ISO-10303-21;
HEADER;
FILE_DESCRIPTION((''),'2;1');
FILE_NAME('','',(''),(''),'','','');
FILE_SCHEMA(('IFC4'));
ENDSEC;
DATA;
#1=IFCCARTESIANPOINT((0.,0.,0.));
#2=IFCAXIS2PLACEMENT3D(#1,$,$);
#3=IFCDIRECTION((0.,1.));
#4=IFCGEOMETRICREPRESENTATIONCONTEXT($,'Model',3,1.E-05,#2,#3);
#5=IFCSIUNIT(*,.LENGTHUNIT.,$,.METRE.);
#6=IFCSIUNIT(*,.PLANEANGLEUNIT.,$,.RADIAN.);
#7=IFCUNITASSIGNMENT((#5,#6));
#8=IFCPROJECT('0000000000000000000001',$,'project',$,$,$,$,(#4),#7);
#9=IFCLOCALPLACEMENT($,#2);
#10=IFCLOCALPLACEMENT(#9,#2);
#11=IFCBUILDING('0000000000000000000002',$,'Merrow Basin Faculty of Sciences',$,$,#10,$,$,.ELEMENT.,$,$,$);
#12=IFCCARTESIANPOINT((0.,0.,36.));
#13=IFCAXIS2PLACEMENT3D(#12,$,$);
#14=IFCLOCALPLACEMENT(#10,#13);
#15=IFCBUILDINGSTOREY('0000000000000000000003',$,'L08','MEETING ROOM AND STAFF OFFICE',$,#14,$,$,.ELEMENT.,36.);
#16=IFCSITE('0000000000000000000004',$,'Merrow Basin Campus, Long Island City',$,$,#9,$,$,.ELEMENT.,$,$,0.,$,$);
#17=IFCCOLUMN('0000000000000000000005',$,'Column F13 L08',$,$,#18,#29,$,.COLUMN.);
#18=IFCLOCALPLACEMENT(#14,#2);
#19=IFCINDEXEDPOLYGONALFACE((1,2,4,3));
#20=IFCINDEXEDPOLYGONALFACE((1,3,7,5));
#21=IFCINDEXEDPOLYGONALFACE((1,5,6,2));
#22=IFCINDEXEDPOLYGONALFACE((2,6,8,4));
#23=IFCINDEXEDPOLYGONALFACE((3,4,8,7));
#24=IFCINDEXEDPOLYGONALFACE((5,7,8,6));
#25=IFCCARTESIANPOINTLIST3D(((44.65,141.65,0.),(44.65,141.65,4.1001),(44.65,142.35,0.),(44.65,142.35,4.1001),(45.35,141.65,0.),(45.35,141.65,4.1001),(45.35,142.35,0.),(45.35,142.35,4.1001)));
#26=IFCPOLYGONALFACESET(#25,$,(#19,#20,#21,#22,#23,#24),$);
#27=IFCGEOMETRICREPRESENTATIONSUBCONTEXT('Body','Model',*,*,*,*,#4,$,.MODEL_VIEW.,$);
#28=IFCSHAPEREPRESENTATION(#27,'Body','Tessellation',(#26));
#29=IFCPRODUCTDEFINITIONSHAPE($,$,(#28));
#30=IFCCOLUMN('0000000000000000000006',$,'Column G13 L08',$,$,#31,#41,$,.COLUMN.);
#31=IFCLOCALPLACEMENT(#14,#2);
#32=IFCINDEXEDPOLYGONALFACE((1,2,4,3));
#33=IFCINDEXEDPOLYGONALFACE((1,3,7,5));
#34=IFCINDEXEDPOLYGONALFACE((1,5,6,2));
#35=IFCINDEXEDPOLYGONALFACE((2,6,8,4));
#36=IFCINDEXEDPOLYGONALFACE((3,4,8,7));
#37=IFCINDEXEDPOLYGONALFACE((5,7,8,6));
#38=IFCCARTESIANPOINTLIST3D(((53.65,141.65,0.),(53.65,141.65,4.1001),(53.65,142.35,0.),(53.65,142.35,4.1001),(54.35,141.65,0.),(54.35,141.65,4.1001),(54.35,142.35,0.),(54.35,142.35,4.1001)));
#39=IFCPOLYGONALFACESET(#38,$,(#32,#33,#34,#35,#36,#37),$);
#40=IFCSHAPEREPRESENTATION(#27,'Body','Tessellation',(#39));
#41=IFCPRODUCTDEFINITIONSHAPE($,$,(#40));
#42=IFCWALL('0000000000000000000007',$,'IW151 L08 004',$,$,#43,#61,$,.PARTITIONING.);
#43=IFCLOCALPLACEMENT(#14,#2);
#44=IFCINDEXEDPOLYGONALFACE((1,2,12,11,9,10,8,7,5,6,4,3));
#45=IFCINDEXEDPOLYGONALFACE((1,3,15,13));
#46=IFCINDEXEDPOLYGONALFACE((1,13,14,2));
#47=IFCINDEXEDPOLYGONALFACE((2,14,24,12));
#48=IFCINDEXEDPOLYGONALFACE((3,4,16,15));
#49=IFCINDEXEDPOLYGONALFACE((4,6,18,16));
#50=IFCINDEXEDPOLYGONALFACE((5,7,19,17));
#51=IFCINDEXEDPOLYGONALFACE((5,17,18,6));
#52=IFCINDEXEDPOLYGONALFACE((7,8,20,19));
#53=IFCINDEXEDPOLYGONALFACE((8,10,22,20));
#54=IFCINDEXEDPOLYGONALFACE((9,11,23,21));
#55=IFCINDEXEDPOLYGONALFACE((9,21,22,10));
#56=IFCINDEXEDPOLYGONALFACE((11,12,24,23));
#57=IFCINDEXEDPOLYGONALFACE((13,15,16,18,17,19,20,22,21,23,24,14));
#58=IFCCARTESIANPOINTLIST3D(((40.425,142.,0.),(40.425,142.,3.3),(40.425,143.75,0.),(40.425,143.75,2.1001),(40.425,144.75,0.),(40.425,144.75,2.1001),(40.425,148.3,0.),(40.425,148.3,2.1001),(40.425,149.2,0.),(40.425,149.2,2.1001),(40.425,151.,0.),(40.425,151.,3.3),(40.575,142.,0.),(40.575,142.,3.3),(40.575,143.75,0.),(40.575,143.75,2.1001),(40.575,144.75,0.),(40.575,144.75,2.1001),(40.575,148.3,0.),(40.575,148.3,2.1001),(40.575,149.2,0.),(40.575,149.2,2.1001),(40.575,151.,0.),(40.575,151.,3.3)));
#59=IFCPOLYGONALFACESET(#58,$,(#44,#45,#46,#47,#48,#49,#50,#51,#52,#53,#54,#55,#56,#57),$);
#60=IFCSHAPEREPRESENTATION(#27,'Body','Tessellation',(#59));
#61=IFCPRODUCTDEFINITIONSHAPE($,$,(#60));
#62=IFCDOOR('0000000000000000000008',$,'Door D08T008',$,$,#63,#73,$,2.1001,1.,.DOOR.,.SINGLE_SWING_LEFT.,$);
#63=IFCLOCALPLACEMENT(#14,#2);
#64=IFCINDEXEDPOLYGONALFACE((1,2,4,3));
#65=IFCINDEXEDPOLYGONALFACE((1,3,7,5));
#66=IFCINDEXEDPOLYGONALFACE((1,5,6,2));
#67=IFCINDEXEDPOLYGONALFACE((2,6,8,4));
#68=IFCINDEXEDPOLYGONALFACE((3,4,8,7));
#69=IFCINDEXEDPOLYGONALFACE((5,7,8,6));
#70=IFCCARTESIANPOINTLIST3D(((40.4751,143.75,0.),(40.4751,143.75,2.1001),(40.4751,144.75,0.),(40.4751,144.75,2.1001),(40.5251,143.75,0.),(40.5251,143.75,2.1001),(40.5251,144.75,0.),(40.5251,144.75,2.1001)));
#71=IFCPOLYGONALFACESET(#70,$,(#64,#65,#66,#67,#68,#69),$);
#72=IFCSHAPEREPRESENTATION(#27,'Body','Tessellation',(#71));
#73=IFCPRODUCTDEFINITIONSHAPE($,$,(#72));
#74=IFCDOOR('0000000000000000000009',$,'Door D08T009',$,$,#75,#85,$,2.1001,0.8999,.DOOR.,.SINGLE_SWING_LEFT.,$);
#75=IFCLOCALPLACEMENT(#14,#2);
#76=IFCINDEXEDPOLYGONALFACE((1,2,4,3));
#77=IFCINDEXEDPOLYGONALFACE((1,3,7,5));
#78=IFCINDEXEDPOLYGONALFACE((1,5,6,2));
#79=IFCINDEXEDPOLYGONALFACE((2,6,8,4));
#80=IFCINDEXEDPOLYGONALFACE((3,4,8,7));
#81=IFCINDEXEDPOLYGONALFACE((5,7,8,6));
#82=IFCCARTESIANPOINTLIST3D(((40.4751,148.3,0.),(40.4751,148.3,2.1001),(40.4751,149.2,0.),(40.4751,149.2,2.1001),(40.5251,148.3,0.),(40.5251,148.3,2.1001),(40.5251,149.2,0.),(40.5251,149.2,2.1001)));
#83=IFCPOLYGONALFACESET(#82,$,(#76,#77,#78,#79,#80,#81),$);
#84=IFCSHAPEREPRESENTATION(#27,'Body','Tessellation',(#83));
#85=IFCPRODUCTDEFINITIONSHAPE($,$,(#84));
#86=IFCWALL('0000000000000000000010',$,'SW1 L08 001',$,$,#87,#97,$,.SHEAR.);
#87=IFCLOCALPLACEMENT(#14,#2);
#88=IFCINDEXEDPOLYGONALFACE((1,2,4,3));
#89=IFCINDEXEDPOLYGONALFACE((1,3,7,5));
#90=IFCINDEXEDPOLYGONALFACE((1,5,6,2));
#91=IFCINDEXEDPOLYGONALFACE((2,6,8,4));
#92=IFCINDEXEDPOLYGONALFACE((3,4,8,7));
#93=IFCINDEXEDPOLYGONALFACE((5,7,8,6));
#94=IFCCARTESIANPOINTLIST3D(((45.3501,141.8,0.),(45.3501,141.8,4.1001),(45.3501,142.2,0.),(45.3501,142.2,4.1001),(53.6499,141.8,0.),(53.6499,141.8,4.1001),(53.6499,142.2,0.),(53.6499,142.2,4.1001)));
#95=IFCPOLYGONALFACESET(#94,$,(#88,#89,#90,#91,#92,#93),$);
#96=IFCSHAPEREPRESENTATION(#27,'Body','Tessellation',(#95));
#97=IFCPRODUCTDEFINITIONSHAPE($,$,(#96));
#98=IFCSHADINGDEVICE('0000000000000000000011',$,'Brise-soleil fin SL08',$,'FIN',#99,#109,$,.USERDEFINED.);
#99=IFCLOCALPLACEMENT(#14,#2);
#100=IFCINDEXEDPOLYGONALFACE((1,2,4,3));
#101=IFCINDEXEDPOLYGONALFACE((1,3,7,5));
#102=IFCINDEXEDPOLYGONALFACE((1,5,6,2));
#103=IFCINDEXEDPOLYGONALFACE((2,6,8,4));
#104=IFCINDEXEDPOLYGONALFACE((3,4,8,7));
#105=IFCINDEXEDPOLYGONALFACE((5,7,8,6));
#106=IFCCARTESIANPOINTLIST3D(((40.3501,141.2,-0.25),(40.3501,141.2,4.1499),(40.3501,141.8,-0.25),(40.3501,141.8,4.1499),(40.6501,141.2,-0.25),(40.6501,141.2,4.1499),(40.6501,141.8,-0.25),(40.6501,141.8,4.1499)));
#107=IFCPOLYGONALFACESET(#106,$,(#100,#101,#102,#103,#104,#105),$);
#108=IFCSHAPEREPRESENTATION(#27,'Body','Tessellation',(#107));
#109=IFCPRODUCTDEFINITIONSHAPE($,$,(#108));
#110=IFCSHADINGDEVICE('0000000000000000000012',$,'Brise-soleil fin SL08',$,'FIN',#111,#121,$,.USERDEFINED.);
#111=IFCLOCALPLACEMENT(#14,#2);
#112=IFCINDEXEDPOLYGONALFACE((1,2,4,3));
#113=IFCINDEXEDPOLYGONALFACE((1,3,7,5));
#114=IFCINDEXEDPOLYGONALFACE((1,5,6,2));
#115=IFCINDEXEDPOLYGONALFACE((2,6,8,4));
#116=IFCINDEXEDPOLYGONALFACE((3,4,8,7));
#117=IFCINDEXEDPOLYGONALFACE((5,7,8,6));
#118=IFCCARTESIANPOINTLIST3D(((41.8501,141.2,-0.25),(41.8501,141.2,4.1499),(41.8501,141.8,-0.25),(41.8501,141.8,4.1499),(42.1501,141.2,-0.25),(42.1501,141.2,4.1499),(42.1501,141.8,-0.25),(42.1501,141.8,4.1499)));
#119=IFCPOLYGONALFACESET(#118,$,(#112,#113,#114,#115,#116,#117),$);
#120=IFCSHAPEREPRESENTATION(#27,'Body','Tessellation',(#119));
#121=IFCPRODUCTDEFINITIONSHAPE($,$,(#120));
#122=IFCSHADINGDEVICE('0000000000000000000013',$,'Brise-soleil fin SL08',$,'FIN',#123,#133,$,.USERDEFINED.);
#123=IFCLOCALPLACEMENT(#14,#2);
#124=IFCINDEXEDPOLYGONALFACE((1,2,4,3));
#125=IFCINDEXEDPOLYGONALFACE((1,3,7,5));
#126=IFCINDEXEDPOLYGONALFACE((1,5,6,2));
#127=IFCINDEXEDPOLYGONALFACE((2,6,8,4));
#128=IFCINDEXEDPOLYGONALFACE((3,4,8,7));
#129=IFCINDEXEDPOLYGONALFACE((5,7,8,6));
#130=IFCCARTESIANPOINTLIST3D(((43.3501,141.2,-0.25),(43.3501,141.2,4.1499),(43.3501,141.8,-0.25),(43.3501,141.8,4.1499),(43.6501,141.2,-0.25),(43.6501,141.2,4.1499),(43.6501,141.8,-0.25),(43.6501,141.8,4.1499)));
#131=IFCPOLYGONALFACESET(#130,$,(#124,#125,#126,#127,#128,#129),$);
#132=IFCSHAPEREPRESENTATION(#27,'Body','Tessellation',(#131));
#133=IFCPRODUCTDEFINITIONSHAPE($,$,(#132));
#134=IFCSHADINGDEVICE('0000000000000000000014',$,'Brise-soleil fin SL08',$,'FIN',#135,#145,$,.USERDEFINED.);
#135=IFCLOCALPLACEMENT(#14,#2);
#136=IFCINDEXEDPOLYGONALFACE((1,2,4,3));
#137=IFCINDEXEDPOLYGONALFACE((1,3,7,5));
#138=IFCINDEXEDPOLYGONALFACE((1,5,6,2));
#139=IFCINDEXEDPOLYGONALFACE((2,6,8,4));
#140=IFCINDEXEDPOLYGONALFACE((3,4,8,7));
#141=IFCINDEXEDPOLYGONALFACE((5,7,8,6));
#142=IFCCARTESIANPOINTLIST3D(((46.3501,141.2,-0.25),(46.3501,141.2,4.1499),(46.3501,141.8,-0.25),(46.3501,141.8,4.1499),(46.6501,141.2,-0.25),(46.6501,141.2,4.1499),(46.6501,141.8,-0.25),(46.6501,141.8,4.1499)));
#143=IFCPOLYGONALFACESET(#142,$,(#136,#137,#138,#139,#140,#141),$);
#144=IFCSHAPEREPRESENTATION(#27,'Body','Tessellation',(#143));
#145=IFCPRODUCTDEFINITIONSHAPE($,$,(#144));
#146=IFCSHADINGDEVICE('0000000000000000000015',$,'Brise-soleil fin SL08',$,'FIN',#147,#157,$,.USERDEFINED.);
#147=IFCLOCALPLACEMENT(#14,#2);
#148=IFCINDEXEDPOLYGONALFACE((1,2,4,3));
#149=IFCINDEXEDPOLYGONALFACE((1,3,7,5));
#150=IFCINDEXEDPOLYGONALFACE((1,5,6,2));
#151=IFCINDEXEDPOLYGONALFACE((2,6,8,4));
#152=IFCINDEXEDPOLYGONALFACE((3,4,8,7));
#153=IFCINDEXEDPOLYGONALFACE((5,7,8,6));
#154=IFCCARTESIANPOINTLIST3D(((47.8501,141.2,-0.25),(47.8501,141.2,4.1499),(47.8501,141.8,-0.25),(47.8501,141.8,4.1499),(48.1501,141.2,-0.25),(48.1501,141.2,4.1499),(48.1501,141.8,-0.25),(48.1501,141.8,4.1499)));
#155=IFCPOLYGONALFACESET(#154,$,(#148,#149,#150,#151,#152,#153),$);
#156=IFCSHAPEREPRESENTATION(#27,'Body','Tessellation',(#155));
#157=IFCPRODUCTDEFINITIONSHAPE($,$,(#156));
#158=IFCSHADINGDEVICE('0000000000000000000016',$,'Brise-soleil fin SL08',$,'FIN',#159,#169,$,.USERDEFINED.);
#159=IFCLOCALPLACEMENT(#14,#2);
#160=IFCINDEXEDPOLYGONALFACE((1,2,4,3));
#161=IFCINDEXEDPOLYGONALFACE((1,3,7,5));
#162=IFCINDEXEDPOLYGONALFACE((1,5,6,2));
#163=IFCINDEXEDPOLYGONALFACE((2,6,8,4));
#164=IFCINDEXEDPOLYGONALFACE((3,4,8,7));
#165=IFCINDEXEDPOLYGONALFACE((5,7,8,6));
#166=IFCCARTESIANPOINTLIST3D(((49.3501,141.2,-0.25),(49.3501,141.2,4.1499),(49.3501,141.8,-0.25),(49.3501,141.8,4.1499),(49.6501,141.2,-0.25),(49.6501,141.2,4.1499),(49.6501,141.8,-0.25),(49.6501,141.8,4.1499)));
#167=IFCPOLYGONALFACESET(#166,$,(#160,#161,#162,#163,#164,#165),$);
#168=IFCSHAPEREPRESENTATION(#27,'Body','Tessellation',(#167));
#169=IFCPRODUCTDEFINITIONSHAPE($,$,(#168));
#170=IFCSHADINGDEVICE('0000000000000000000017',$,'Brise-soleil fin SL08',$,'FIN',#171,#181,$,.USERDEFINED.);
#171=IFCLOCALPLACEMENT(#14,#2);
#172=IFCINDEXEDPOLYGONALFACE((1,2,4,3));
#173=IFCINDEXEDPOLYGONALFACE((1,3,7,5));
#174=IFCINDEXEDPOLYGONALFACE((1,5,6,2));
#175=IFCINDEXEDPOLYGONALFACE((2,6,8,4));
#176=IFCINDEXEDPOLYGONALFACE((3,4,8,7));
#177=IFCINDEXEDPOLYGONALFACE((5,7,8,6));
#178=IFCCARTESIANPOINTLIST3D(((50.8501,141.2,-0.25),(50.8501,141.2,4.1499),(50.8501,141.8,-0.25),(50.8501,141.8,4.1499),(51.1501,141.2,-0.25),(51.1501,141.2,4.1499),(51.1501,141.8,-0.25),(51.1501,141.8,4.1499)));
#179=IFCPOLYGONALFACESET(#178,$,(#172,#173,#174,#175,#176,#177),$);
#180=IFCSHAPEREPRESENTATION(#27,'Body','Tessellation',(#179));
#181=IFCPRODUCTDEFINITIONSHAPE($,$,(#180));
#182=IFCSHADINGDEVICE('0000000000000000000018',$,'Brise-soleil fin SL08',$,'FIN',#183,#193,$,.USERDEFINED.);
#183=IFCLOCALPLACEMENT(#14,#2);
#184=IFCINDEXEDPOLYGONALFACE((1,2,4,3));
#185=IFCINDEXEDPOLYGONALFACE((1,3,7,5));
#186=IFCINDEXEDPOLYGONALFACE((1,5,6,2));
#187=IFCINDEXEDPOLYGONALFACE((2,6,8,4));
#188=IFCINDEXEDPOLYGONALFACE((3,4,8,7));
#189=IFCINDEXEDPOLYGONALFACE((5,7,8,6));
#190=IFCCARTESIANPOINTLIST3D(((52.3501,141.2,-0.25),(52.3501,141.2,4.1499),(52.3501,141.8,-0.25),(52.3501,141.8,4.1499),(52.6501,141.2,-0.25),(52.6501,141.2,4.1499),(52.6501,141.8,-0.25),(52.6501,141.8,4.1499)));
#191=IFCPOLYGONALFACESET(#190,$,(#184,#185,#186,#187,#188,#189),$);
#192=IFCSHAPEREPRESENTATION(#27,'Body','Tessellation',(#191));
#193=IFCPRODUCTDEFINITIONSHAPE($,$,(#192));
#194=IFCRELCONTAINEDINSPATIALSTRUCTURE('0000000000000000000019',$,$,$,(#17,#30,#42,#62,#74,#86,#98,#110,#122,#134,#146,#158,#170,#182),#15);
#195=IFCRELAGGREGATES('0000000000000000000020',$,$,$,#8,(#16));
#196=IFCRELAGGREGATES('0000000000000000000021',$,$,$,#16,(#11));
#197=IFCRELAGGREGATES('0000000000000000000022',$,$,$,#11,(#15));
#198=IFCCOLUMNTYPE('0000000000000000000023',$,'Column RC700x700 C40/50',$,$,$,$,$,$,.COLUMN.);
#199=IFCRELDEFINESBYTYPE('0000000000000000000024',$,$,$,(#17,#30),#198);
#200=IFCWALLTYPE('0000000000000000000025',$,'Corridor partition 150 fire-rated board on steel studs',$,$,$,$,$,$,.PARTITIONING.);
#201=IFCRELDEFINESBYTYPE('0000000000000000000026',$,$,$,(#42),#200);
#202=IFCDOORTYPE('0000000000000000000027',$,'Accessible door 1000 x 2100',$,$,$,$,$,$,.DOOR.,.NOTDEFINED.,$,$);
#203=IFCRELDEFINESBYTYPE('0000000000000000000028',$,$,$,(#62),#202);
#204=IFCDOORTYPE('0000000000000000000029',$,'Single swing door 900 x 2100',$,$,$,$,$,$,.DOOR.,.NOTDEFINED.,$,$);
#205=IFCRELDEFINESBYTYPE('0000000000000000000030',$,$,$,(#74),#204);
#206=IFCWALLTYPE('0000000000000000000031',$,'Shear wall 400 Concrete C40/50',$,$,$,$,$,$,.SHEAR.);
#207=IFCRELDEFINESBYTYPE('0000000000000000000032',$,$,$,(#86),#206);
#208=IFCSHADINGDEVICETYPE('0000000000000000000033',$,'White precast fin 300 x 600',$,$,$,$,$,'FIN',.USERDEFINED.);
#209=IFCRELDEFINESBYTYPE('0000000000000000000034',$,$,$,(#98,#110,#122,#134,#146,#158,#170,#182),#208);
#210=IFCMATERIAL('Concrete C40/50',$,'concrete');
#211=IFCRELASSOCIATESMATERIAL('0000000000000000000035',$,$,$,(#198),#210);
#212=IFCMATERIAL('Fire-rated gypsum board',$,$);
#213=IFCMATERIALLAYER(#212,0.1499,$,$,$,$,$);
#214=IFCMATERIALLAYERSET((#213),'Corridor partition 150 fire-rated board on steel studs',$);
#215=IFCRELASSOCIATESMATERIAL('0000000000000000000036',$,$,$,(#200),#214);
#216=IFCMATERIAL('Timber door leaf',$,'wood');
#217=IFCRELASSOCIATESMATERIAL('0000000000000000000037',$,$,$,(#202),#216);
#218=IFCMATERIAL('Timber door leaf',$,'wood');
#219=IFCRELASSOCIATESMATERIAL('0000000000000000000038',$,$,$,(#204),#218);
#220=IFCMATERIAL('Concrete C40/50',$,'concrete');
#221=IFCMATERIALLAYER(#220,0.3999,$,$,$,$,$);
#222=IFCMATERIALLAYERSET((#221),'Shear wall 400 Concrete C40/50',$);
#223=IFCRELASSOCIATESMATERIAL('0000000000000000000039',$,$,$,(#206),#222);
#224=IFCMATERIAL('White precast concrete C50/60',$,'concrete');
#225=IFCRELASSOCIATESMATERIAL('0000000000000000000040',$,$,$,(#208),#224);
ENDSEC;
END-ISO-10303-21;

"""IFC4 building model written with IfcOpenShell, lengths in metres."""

from ifc_helpers import new_model, si_unit, direction, frame, frame_2d, origin, origin_2d, place, context, subcontext, project, spatial, polyline, rectangle, outline, extrude, source, transform, mapped, material, layer, layer_set, material_profile, profile_set, type_object, element, fill, save


model = new_model("IFC4")

# Units and contexts
model_context = context("Model", 3, precision=1e-05, world=origin(), true_north=direction((0.0, 1.0)))
body_context = subcontext(model_context, "Body", "Model", "MODEL_VIEW")
ifc_project = project(units=[si_unit("LENGTHUNIT", "METRE"), si_unit("PLANEANGLEUNIT", "RADIAN")], contexts=[model_context])

# Site, building, storey
site_placement = place(None, origin())
site = spatial("IfcSite", under=ifc_project, at=site_placement, Name="Merrow Basin Campus, Long Island City", CompositionType="ELEMENT", RefElevation=0.0)
building_placement = place(site_placement, origin())
building = spatial("IfcBuilding", under=site, at=building_placement, Name="Merrow Basin Faculty of Sciences", CompositionType="ELEMENT")
storey_placement = place(building_placement, frame((0.0, 0.0, 36.0)))
storey = spatial("IfcBuildingStorey", under=building, at=storey_placement, Name="L08", Description="MEETING ROOM AND STAFF OFFICE", CompositionType="ELEMENT", Elevation=36.0)

# Columns
ifc_material_1 = material(Name="Concrete C40/50", Category="concrete")
ifc_material_profile = material_profile(ifc_material_1, rectangle(XDim=0.7, YDim=0.7, at=origin_2d()))
ifc_profile_set = profile_set([ifc_material_profile], Name="Concrete C40/50")
column_type = type_object("IfcColumnType", Name="Column RC700x700 C40/50", PredefinedType="COLUMN", material=ifc_profile_set)
for number, where, z_axis, x_axis, name in (
    (1, (45.0, 142.0, 0.0), (0.0, 0.0, 1.0), (1.0, 0.0, 0.0), "Column F13 L08"),
    (2, (54.0, 142.0, 0.0), (0.0, 0.0, 1.0), (1.0, 0.0, 0.0), "Column G13 L08"),
):
    element("IfcColumn", number, at=place(storey_placement, frame(where, z_axis=z_axis, x_axis=x_axis)), inside=storey, type_object=column_type, Name=name, PredefinedType="COLUMN", context=body_context, shape_type="SweptSolid", body=[
        extrude(rectangle(XDim=0.7, YDim=0.7, at=origin_2d()), origin(), (0.0, 0.0, 1.0), 4.1001),
    ])

# Wall, openings, doors
ifc_material_2 = material(Name="Fire-rated gypsum board")
ifc_layer_1 = layer(ifc_material_2, 0.1499)
ifc_layer_set_1 = layer_set([ifc_layer_1], Name="Corridor partition 150 fire-rated board on steel studs")
wall_type_1 = type_object("IfcWallType", Name="Corridor partition 150 fire-rated board on steel studs", PredefinedType="PARTITIONING", material=ifc_layer_set_1)
wall_1_placement = place(storey_placement, frame((40.5, 142.0, 0.0), z_axis=(0.0, 0.0, 1.0), x_axis=(0.0, 1.0, 0.0)))
wall_1 = element("IfcWall", 3, at=wall_1_placement, inside=storey, type_object=wall_type_1, Name="IW151 L08 004", PredefinedType="PARTITIONING", context=body_context, shape_type="SweptSolid", body=[
    extrude(rectangle(XDim=9.0, YDim=0.1499, at=frame_2d((4.5, 0.0))), origin(), (0.0, 0.0, 1.0), 3.3),
])
opening_1_placement = place(wall_1_placement, frame((1.75, 0.0, 0.0)))
opening_1 = element("IfcOpeningElement", 4, at=opening_1_placement, cuts=wall_1, PredefinedType="OPENING", context=body_context, shape_type="SweptSolid", body=[
    extrude(rectangle(XDim=1.0, YDim=2.1001, at=frame_2d((0.5, 1.05))), frame((0.0, 0.085, 0.0), z_axis=(0.0, -1.0, 0.0), x_axis=(1.0, 0.0, 0.0)), (0.0, 0.0, 1.0), 0.1699),
])
opening_2_placement = place(wall_1_placement, frame((6.3, 0.0, 0.0)))
opening_2 = element("IfcOpeningElement", 5, at=opening_2_placement, cuts=wall_1, PredefinedType="OPENING", context=body_context, shape_type="SweptSolid", body=[
    extrude(rectangle(XDim=0.8999, YDim=2.1001, at=frame_2d((0.45, 1.05))), frame((0.0, 0.085, 0.0), z_axis=(0.0, -1.0, 0.0), x_axis=(1.0, 0.0, 0.0)), (0.0, 0.0, 1.0), 0.1699),
])
ifc_material_3 = material(Name="Timber door leaf", Category="wood")
door_type_1 = type_object("IfcDoorType", Name="Accessible door 1000 x 2100", OperationType="NOTDEFINED", PredefinedType="DOOR", material=ifc_material_3)
door_1_placement = place(opening_1_placement, origin())
door_1 = element("IfcDoor", 6, at=door_1_placement, inside=storey, type_object=door_type_1, Name="Door D08T008", OperationType="SINGLE_SWING_LEFT", OverallHeight=2.1001, OverallWidth=1.0, PredefinedType="DOOR", context=body_context, shape_type="SweptSolid", body=[
    extrude(rectangle(XDim=1.0, YDim=2.1001, at=frame_2d((0.5, 1.05))), frame((0.0, 0.0249, 0.0), z_axis=(0.0, -1.0, 0.0), x_axis=(1.0, 0.0, 0.0)), (0.0, 0.0, 1.0), 0.05),
])
fill(opening_1, door_1)
ifc_material_4 = material(Name="Timber door leaf", Category="wood")
door_type_2 = type_object("IfcDoorType", Name="Single swing door 900 x 2100", OperationType="NOTDEFINED", PredefinedType="DOOR", material=ifc_material_4)
door_2_placement = place(opening_2_placement, origin())
door_2 = element("IfcDoor", 7, at=door_2_placement, inside=storey, type_object=door_type_2, Name="Door D08T009", OperationType="SINGLE_SWING_LEFT", OverallHeight=2.1001, OverallWidth=0.8999, PredefinedType="DOOR", context=body_context, shape_type="SweptSolid", body=[
    extrude(rectangle(XDim=0.8999, YDim=2.1001, at=frame_2d((0.45, 1.05))), frame((0.0, 0.0249, 0.0), z_axis=(0.0, -1.0, 0.0), x_axis=(1.0, 0.0, 0.0)), (0.0, 0.0, 1.0), 0.05),
])
fill(opening_2, door_2)

# Wall
ifc_material_5 = material(Name="Concrete C40/50", Category="concrete")
ifc_layer_2 = layer(ifc_material_5, 0.3999)
ifc_layer_set_2 = layer_set([ifc_layer_2], Name="Shear wall 400 Concrete C40/50")
wall_type_2 = type_object("IfcWallType", Name="Shear wall 400 Concrete C40/50", PredefinedType="SHEAR", material=ifc_layer_set_2)
wall_2_placement = place(storey_placement, frame((45.3501, 142.0, 0.0), z_axis=(0.0, 0.0, 1.0), x_axis=(1.0, 0.0, 0.0)))
element("IfcWall", 8, at=wall_2_placement, inside=storey, type_object=wall_type_2, Name="SW1 L08 001", PredefinedType="SHEAR", context=body_context, shape_type="SweptSolid", body=[
    extrude(rectangle(XDim=8.2998, YDim=0.3999, at=frame_2d((4.1499, 0.0))), origin(), (0.0, 0.0, 1.0), 4.1001),
])

# Shading devices
ifc_material_6 = material(Name="White precast concrete C50/60", Category="concrete")
shading_device_type = type_object("IfcShadingDeviceType", Name="White precast fin 300 x 600", ElementType="FIN", PredefinedType="USERDEFINED", material=ifc_material_6)
shared_shape_1 = source(origin(), body_context, "Body", "SweptSolid", [
    extrude(outline(polyline([(0.0, 0.0), (0.3, 0.0), (0.3, 4.3999), (0.0, 4.3999), (0.0, 0.0)])), origin(), (0.0, 0.0, 1.0), 0.6001),
])
for number, where, z_axis, x_axis, name in (
    (9, (40.3501, 141.8, -0.25), (0.0, -1.0, 0.0), (1.0, 0.0, 0.0), "Brise-soleil fin SL08"),
    (10, (41.8501, 141.8, -0.25), (0.0, -1.0, 0.0), (1.0, 0.0, 0.0), "Brise-soleil fin SL08"),
    (11, (43.3501, 141.8, -0.25), (0.0, -1.0, 0.0), (1.0, 0.0, 0.0), "Brise-soleil fin SL08"),
    (12, (46.3501, 141.8, -0.25), (0.0, -1.0, 0.0), (1.0, 0.0, 0.0), "Brise-soleil fin SL08"),
    (13, (47.8501, 141.8, -0.25), (0.0, -1.0, 0.0), (1.0, 0.0, 0.0), "Brise-soleil fin SL08"),
    (14, (49.3501, 141.8, -0.25), (0.0, -1.0, 0.0), (1.0, 0.0, 0.0), "Brise-soleil fin SL08"),
    (15, (50.8501, 141.8, -0.25), (0.0, -1.0, 0.0), (1.0, 0.0, 0.0), "Brise-soleil fin SL08"),
    (16, (52.3501, 141.8, -0.25), (0.0, -1.0, 0.0), (1.0, 0.0, 0.0), "Brise-soleil fin SL08"),
):
    element("IfcShadingDevice", number, at=place(storey_placement, frame(where, z_axis=z_axis, x_axis=x_axis)), inside=storey, type_object=shading_device_type, Name=name, ObjectType="FIN", PredefinedType="USERDEFINED", context=body_context, shape_type="MappedRepresentation", body=[
        mapped(shared_shape_1, transform((0.0, 0.0, 0.0), scale=1.0)),
    ])

save(model, "model.ifc")
